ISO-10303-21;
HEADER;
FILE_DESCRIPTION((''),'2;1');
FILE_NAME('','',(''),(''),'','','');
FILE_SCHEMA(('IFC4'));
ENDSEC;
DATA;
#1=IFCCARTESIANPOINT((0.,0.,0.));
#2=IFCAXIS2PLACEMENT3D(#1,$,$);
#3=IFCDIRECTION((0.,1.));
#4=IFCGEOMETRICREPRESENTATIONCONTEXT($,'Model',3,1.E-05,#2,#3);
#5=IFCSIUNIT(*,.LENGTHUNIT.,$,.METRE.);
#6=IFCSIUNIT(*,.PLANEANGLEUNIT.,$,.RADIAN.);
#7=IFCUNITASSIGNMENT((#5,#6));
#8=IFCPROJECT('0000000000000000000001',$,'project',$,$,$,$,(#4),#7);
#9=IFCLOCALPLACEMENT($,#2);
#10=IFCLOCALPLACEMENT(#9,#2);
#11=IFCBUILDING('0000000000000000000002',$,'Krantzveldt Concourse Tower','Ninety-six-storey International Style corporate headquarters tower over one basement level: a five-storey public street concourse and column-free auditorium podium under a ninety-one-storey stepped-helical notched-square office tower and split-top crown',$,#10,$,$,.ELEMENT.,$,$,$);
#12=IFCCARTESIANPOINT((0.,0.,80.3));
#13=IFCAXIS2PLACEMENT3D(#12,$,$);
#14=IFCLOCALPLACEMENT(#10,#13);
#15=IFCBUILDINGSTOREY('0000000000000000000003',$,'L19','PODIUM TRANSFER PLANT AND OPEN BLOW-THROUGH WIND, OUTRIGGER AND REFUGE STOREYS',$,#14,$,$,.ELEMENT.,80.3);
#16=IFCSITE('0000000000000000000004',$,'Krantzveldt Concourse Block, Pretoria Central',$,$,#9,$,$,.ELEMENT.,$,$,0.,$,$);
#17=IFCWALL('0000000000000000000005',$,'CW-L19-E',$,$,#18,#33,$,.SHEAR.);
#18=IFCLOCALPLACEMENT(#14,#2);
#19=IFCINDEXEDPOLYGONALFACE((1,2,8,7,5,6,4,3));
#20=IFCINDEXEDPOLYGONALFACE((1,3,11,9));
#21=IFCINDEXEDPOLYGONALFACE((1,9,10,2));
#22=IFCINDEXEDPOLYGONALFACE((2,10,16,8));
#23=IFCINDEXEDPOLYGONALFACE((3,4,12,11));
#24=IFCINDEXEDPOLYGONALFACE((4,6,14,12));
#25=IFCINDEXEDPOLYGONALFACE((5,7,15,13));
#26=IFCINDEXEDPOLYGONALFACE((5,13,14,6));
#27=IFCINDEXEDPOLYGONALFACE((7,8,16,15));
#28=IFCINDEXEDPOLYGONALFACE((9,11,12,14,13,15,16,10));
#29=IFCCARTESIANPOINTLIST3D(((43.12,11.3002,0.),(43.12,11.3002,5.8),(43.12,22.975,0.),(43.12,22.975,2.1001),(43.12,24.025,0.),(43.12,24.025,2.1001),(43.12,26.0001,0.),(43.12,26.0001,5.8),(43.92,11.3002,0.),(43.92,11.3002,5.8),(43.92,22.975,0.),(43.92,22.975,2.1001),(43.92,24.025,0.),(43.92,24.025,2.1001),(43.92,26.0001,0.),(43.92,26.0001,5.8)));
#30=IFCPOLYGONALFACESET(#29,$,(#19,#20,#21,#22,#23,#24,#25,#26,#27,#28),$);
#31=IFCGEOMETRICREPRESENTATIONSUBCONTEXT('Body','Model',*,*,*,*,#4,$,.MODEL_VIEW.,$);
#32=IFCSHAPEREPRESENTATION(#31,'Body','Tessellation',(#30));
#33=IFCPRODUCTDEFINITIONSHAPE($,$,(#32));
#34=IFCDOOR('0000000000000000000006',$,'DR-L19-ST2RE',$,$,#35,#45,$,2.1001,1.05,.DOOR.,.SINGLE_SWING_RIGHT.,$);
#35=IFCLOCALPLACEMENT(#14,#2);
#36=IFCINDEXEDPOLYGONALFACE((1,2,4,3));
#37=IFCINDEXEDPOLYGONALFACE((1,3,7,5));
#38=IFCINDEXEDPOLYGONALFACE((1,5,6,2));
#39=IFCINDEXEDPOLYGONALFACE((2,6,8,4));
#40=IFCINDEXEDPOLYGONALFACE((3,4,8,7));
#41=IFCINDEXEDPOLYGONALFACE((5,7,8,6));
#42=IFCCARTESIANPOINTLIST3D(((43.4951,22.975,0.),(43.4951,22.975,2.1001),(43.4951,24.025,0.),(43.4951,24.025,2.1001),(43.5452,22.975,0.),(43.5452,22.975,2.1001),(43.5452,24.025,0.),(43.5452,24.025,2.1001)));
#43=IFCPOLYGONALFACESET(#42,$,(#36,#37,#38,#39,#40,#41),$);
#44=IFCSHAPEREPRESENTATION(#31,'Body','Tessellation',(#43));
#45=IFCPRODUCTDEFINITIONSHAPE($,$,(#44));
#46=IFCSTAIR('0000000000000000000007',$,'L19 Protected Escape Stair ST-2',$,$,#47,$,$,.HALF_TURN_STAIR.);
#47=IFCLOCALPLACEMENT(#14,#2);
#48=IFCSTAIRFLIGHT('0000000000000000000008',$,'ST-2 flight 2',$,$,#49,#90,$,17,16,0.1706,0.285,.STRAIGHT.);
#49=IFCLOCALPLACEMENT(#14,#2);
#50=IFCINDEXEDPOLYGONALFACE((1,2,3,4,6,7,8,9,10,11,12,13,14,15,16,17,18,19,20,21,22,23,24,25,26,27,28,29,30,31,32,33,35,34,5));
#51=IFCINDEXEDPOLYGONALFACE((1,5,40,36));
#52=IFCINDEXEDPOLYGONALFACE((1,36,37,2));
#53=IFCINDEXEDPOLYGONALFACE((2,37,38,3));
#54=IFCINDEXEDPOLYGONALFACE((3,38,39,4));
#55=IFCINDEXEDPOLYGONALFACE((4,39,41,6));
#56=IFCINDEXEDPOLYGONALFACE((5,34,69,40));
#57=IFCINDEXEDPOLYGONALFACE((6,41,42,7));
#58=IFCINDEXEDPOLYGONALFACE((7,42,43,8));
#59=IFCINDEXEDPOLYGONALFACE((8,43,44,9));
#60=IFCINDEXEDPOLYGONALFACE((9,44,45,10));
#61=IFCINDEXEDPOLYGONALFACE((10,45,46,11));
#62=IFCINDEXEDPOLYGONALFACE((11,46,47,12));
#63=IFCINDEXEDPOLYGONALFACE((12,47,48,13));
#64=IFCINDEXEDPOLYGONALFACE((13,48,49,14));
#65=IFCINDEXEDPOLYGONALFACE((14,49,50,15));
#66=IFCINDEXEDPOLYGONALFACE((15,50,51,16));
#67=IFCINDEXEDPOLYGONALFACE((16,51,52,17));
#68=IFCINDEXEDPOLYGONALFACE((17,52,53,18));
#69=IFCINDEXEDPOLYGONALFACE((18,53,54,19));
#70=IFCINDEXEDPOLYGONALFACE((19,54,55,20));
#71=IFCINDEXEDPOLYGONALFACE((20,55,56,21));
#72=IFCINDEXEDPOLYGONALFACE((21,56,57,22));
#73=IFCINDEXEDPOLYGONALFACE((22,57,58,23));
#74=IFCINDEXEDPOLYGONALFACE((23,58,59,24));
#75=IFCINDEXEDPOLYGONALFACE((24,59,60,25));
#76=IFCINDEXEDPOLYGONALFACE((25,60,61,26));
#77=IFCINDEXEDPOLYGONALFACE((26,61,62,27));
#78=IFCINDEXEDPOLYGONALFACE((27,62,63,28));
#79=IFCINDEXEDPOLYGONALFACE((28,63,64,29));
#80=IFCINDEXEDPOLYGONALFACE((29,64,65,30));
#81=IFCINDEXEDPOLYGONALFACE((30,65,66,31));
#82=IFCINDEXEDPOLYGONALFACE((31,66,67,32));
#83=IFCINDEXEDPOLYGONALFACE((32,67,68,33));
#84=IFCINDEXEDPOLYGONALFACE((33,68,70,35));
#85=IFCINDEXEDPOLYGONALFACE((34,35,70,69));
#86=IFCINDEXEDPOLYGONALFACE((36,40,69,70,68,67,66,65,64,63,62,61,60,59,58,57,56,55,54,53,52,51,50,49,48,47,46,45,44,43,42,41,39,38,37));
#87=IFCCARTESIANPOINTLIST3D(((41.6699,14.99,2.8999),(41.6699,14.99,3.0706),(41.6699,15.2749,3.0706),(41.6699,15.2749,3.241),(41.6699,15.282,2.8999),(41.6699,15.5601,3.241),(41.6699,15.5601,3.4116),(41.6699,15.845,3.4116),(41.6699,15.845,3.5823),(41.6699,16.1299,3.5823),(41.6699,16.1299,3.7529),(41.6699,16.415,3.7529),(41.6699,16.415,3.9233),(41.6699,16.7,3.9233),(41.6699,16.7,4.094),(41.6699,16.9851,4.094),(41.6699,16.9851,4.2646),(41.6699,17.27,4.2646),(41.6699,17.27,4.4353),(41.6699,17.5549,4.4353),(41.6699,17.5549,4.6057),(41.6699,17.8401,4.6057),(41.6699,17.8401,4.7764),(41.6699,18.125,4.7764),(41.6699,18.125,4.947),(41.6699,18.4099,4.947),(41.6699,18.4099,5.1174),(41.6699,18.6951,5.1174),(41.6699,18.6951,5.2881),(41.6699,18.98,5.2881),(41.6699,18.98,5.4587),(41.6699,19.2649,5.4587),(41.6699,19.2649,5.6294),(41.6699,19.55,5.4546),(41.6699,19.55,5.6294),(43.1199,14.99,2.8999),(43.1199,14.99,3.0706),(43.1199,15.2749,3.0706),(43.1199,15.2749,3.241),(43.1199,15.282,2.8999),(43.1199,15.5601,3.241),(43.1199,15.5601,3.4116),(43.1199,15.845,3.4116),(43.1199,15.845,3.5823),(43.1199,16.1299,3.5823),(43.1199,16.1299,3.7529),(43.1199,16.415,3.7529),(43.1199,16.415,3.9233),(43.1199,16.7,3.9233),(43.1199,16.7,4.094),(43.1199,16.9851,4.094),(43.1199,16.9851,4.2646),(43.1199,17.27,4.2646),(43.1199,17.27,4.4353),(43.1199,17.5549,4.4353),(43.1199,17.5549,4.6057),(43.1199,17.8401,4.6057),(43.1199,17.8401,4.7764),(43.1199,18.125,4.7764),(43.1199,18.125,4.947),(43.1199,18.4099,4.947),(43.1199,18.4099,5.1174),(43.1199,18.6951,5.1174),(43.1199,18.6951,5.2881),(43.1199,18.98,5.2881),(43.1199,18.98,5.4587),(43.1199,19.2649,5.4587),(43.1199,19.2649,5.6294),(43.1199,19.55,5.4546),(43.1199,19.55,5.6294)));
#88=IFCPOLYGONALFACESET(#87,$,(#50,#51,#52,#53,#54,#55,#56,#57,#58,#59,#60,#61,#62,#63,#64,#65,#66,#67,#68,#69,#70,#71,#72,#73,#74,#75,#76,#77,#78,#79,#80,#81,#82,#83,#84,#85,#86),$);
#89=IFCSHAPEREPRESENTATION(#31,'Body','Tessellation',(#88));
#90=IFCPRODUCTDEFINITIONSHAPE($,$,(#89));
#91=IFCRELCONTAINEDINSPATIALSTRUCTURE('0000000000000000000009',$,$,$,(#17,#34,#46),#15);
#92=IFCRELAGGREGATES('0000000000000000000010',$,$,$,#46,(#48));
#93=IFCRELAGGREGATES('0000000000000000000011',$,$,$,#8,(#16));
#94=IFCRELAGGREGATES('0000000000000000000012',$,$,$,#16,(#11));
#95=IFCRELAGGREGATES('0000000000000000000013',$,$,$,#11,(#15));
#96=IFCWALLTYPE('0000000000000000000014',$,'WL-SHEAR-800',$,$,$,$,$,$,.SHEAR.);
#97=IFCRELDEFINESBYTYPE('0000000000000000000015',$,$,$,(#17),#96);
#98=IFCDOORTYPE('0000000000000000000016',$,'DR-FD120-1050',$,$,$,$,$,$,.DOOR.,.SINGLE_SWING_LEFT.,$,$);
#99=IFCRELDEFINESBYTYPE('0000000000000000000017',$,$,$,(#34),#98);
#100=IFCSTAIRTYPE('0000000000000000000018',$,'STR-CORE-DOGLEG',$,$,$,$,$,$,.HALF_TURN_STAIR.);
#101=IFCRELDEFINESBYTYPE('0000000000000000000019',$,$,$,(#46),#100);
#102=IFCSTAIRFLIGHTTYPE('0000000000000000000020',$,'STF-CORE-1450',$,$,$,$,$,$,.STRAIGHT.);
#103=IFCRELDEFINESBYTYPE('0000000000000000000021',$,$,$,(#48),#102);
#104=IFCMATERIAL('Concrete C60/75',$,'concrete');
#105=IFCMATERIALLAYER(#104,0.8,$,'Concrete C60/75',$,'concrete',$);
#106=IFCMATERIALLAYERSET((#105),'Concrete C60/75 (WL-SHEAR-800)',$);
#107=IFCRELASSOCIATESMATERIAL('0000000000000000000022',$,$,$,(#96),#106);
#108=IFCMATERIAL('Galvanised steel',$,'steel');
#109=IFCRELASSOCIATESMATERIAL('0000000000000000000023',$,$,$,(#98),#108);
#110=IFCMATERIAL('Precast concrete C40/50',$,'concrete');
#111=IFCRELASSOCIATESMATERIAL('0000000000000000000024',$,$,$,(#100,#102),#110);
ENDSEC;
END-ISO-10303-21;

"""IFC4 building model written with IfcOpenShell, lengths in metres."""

from ifc_helpers import new_model, si_unit, direction, frame, frame_2d, origin, place, context, subcontext, project, spatial, polyline, rectangle, outline, extrude, material, layer, layer_set, type_object, element, fill, aggregate, save


model = new_model("IFC4")

# Units and contexts
model_context = context("Model", 3, precision=1e-05, world=origin(), true_north=direction((0.0, 1.0)))
body_context = subcontext(model_context, "Body", "Model", "MODEL_VIEW")
ifc_project = project(units=[si_unit("LENGTHUNIT", "METRE"), si_unit("PLANEANGLEUNIT", "RADIAN")], contexts=[model_context])

# Site, building, storey
site_placement = place(None, origin())
site = spatial("IfcSite", under=ifc_project, at=site_placement, Name="Krantzveldt Concourse Block, Pretoria Central", CompositionType="ELEMENT", RefElevation=0.0)
building_placement = place(site_placement, origin())
building = spatial("IfcBuilding", under=site, at=building_placement, Name="Krantzveldt Concourse Tower", Description="Ninety-six-storey International Style corporate headquarters tower over one basement level: a five-storey public street concourse and column-free auditorium podium under a ninety-one-storey stepped-helical notched-square office tower and split-top crown", CompositionType="ELEMENT")
storey_placement = place(building_placement, frame((0.0, 0.0, 80.3)))
storey = spatial("IfcBuildingStorey", under=building, at=storey_placement, Name="L19", Description="PODIUM TRANSFER PLANT AND OPEN BLOW-THROUGH WIND, OUTRIGGER AND REFUGE STOREYS", CompositionType="ELEMENT", Elevation=80.3)

# Shared definitions
ifc_material_1 = material(Name="Concrete C60/75", Category="concrete")

# Wall, opening, door
ifc_layer_1 = layer(ifc_material_1, 0.8, Name="Concrete C60/75", Category="concrete")
ifc_layer_set_1 = layer_set([ifc_layer_1], Name="Concrete C60/75 (WL-SHEAR-800)")
wall_type_1 = type_object("IfcWallType", Name="WL-SHEAR-800", PredefinedType="SHEAR", material=ifc_layer_set_1)
wall_1_placement = place(storey_placement, frame((43.52, 11.3, 0.0), z_axis=(0.0, 0.0, 1.0), x_axis=(0.0, 1.0, 0.0)))
wall_1 = element("IfcWall", 1, at=wall_1_placement, inside=storey, type_object=wall_type_1, Name="CW-L19-E", PredefinedType="SHEAR", context=body_context, shape_type="SweptSolid", body=[
    extrude(rectangle(XDim=14.7, YDim=0.8, at=frame_2d((7.3501, 0.0))), origin(), (0.0, 0.0, 1.0), 5.8),
])
opening_1_placement = place(wall_1_placement, frame((11.675, 0.0, 0.0)))
opening_1 = element("IfcOpeningElement", 2, at=opening_1_placement, cuts=wall_1, PredefinedType="OPENING", context=body_context, shape_type="SweptSolid", body=[
    extrude(rectangle(XDim=1.05, YDim=2.1001, at=frame_2d((0.5249, 1.05))), frame((0.0, 0.4102, 0.0), z_axis=(0.0, -1.0, 0.0), x_axis=(1.0, 0.0, 0.0)), (0.0, 0.0, 1.0), 0.8201),
])
ifc_material_2 = material(Name="Galvanised steel", Category="steel")
door_type_1 = type_object("IfcDoorType", Name="DR-FD120-1050", OperationType="SINGLE_SWING_LEFT", PredefinedType="DOOR", material=ifc_material_2)
door_1_placement = place(opening_1_placement, origin())
door_1 = element("IfcDoor", 3, at=door_1_placement, inside=storey, type_object=door_type_1, Name="DR-L19-ST2RE", OperationType="SINGLE_SWING_RIGHT", OverallHeight=2.1001, OverallWidth=1.05, PredefinedType="DOOR", context=body_context, shape_type="SweptSolid", body=[
    extrude(rectangle(XDim=1.05, YDim=2.1001, at=frame_2d((0.5249, 1.05))), frame((0.0, 0.0249, 0.0), z_axis=(0.0, -1.0, 0.0), x_axis=(1.0, 0.0, 0.0)), (0.0, 0.0, 1.0), 0.05),
])
fill(opening_1, door_1)

# Stair, stair flight
ifc_material_3 = material(Name="Precast concrete C40/50", Category="concrete")
stair_type = type_object("IfcStairType", Name="STR-CORE-DOGLEG", PredefinedType="HALF_TURN_STAIR", material=ifc_material_3)
stair_placement = place(storey_placement, origin())
stair = element("IfcStair", 4, at=stair_placement, inside=storey, type_object=stair_type, Name="L19 Protected Escape Stair ST-2", PredefinedType="HALF_TURN_STAIR")
stair_flight_type = type_object("IfcStairFlightType", Name="STF-CORE-1450", PredefinedType="STRAIGHT", material=ifc_material_3)
stair_flight_placement = place(storey_placement, frame((42.395, 14.99, 2.8999), z_axis=(0.0, 0.0, 1.0), x_axis=(0.0, 1.0, 0.0)))
stair_flight = element("IfcStairFlight", 5, at=stair_flight_placement, type_object=stair_flight_type, Name="ST-2 flight 2", NumberOfRisers=17, NumberOfTreads=16, PredefinedType="STRAIGHT", RiserHeight=0.1706, TreadLength=0.285, context=body_context, shape_type="SweptSolid", body=[
    extrude(outline(polyline([(0.0, 0.0), (0.0, 0.1707), (0.2849, 0.1707), (0.2849, 0.3411), (0.5701, 0.3411), (0.5701, 0.5117), (0.855, 0.5117), (0.855, 0.6824), (1.1399, 0.6824), (1.1399, 0.853), (1.425, 0.853), (1.425, 1.0234), (1.71, 1.0234), (1.71, 1.1941), (1.9951, 1.1941), (1.9951, 1.3647), (2.28, 1.3647), (2.28, 1.5354), (2.5649, 1.5354), (2.5649, 1.7058), (2.8501, 1.7058), (2.8501, 1.8765), (3.135, 1.8765), (3.135, 2.0471), (3.4199, 2.0471), (3.4199, 2.2175), (3.7051, 2.2175), (3.7051, 2.3882), (3.99, 2.3882), (3.99, 2.5588), (4.2749, 2.5588), (4.2749, 2.7295), (4.5601, 2.7295), (4.5601, 2.8999), (4.5601, 2.5547), (0.292, 0.0), (0.0, 0.0)])), frame((0.0, 0.7251, 0.0), z_axis=(0.0, -1.0, 0.0), x_axis=(1.0, 0.0, 0.0)), (0.0, 0.0, 1.0), 1.45),
])
aggregate(stair, [stair_flight])

save(model, "model.ifc")
